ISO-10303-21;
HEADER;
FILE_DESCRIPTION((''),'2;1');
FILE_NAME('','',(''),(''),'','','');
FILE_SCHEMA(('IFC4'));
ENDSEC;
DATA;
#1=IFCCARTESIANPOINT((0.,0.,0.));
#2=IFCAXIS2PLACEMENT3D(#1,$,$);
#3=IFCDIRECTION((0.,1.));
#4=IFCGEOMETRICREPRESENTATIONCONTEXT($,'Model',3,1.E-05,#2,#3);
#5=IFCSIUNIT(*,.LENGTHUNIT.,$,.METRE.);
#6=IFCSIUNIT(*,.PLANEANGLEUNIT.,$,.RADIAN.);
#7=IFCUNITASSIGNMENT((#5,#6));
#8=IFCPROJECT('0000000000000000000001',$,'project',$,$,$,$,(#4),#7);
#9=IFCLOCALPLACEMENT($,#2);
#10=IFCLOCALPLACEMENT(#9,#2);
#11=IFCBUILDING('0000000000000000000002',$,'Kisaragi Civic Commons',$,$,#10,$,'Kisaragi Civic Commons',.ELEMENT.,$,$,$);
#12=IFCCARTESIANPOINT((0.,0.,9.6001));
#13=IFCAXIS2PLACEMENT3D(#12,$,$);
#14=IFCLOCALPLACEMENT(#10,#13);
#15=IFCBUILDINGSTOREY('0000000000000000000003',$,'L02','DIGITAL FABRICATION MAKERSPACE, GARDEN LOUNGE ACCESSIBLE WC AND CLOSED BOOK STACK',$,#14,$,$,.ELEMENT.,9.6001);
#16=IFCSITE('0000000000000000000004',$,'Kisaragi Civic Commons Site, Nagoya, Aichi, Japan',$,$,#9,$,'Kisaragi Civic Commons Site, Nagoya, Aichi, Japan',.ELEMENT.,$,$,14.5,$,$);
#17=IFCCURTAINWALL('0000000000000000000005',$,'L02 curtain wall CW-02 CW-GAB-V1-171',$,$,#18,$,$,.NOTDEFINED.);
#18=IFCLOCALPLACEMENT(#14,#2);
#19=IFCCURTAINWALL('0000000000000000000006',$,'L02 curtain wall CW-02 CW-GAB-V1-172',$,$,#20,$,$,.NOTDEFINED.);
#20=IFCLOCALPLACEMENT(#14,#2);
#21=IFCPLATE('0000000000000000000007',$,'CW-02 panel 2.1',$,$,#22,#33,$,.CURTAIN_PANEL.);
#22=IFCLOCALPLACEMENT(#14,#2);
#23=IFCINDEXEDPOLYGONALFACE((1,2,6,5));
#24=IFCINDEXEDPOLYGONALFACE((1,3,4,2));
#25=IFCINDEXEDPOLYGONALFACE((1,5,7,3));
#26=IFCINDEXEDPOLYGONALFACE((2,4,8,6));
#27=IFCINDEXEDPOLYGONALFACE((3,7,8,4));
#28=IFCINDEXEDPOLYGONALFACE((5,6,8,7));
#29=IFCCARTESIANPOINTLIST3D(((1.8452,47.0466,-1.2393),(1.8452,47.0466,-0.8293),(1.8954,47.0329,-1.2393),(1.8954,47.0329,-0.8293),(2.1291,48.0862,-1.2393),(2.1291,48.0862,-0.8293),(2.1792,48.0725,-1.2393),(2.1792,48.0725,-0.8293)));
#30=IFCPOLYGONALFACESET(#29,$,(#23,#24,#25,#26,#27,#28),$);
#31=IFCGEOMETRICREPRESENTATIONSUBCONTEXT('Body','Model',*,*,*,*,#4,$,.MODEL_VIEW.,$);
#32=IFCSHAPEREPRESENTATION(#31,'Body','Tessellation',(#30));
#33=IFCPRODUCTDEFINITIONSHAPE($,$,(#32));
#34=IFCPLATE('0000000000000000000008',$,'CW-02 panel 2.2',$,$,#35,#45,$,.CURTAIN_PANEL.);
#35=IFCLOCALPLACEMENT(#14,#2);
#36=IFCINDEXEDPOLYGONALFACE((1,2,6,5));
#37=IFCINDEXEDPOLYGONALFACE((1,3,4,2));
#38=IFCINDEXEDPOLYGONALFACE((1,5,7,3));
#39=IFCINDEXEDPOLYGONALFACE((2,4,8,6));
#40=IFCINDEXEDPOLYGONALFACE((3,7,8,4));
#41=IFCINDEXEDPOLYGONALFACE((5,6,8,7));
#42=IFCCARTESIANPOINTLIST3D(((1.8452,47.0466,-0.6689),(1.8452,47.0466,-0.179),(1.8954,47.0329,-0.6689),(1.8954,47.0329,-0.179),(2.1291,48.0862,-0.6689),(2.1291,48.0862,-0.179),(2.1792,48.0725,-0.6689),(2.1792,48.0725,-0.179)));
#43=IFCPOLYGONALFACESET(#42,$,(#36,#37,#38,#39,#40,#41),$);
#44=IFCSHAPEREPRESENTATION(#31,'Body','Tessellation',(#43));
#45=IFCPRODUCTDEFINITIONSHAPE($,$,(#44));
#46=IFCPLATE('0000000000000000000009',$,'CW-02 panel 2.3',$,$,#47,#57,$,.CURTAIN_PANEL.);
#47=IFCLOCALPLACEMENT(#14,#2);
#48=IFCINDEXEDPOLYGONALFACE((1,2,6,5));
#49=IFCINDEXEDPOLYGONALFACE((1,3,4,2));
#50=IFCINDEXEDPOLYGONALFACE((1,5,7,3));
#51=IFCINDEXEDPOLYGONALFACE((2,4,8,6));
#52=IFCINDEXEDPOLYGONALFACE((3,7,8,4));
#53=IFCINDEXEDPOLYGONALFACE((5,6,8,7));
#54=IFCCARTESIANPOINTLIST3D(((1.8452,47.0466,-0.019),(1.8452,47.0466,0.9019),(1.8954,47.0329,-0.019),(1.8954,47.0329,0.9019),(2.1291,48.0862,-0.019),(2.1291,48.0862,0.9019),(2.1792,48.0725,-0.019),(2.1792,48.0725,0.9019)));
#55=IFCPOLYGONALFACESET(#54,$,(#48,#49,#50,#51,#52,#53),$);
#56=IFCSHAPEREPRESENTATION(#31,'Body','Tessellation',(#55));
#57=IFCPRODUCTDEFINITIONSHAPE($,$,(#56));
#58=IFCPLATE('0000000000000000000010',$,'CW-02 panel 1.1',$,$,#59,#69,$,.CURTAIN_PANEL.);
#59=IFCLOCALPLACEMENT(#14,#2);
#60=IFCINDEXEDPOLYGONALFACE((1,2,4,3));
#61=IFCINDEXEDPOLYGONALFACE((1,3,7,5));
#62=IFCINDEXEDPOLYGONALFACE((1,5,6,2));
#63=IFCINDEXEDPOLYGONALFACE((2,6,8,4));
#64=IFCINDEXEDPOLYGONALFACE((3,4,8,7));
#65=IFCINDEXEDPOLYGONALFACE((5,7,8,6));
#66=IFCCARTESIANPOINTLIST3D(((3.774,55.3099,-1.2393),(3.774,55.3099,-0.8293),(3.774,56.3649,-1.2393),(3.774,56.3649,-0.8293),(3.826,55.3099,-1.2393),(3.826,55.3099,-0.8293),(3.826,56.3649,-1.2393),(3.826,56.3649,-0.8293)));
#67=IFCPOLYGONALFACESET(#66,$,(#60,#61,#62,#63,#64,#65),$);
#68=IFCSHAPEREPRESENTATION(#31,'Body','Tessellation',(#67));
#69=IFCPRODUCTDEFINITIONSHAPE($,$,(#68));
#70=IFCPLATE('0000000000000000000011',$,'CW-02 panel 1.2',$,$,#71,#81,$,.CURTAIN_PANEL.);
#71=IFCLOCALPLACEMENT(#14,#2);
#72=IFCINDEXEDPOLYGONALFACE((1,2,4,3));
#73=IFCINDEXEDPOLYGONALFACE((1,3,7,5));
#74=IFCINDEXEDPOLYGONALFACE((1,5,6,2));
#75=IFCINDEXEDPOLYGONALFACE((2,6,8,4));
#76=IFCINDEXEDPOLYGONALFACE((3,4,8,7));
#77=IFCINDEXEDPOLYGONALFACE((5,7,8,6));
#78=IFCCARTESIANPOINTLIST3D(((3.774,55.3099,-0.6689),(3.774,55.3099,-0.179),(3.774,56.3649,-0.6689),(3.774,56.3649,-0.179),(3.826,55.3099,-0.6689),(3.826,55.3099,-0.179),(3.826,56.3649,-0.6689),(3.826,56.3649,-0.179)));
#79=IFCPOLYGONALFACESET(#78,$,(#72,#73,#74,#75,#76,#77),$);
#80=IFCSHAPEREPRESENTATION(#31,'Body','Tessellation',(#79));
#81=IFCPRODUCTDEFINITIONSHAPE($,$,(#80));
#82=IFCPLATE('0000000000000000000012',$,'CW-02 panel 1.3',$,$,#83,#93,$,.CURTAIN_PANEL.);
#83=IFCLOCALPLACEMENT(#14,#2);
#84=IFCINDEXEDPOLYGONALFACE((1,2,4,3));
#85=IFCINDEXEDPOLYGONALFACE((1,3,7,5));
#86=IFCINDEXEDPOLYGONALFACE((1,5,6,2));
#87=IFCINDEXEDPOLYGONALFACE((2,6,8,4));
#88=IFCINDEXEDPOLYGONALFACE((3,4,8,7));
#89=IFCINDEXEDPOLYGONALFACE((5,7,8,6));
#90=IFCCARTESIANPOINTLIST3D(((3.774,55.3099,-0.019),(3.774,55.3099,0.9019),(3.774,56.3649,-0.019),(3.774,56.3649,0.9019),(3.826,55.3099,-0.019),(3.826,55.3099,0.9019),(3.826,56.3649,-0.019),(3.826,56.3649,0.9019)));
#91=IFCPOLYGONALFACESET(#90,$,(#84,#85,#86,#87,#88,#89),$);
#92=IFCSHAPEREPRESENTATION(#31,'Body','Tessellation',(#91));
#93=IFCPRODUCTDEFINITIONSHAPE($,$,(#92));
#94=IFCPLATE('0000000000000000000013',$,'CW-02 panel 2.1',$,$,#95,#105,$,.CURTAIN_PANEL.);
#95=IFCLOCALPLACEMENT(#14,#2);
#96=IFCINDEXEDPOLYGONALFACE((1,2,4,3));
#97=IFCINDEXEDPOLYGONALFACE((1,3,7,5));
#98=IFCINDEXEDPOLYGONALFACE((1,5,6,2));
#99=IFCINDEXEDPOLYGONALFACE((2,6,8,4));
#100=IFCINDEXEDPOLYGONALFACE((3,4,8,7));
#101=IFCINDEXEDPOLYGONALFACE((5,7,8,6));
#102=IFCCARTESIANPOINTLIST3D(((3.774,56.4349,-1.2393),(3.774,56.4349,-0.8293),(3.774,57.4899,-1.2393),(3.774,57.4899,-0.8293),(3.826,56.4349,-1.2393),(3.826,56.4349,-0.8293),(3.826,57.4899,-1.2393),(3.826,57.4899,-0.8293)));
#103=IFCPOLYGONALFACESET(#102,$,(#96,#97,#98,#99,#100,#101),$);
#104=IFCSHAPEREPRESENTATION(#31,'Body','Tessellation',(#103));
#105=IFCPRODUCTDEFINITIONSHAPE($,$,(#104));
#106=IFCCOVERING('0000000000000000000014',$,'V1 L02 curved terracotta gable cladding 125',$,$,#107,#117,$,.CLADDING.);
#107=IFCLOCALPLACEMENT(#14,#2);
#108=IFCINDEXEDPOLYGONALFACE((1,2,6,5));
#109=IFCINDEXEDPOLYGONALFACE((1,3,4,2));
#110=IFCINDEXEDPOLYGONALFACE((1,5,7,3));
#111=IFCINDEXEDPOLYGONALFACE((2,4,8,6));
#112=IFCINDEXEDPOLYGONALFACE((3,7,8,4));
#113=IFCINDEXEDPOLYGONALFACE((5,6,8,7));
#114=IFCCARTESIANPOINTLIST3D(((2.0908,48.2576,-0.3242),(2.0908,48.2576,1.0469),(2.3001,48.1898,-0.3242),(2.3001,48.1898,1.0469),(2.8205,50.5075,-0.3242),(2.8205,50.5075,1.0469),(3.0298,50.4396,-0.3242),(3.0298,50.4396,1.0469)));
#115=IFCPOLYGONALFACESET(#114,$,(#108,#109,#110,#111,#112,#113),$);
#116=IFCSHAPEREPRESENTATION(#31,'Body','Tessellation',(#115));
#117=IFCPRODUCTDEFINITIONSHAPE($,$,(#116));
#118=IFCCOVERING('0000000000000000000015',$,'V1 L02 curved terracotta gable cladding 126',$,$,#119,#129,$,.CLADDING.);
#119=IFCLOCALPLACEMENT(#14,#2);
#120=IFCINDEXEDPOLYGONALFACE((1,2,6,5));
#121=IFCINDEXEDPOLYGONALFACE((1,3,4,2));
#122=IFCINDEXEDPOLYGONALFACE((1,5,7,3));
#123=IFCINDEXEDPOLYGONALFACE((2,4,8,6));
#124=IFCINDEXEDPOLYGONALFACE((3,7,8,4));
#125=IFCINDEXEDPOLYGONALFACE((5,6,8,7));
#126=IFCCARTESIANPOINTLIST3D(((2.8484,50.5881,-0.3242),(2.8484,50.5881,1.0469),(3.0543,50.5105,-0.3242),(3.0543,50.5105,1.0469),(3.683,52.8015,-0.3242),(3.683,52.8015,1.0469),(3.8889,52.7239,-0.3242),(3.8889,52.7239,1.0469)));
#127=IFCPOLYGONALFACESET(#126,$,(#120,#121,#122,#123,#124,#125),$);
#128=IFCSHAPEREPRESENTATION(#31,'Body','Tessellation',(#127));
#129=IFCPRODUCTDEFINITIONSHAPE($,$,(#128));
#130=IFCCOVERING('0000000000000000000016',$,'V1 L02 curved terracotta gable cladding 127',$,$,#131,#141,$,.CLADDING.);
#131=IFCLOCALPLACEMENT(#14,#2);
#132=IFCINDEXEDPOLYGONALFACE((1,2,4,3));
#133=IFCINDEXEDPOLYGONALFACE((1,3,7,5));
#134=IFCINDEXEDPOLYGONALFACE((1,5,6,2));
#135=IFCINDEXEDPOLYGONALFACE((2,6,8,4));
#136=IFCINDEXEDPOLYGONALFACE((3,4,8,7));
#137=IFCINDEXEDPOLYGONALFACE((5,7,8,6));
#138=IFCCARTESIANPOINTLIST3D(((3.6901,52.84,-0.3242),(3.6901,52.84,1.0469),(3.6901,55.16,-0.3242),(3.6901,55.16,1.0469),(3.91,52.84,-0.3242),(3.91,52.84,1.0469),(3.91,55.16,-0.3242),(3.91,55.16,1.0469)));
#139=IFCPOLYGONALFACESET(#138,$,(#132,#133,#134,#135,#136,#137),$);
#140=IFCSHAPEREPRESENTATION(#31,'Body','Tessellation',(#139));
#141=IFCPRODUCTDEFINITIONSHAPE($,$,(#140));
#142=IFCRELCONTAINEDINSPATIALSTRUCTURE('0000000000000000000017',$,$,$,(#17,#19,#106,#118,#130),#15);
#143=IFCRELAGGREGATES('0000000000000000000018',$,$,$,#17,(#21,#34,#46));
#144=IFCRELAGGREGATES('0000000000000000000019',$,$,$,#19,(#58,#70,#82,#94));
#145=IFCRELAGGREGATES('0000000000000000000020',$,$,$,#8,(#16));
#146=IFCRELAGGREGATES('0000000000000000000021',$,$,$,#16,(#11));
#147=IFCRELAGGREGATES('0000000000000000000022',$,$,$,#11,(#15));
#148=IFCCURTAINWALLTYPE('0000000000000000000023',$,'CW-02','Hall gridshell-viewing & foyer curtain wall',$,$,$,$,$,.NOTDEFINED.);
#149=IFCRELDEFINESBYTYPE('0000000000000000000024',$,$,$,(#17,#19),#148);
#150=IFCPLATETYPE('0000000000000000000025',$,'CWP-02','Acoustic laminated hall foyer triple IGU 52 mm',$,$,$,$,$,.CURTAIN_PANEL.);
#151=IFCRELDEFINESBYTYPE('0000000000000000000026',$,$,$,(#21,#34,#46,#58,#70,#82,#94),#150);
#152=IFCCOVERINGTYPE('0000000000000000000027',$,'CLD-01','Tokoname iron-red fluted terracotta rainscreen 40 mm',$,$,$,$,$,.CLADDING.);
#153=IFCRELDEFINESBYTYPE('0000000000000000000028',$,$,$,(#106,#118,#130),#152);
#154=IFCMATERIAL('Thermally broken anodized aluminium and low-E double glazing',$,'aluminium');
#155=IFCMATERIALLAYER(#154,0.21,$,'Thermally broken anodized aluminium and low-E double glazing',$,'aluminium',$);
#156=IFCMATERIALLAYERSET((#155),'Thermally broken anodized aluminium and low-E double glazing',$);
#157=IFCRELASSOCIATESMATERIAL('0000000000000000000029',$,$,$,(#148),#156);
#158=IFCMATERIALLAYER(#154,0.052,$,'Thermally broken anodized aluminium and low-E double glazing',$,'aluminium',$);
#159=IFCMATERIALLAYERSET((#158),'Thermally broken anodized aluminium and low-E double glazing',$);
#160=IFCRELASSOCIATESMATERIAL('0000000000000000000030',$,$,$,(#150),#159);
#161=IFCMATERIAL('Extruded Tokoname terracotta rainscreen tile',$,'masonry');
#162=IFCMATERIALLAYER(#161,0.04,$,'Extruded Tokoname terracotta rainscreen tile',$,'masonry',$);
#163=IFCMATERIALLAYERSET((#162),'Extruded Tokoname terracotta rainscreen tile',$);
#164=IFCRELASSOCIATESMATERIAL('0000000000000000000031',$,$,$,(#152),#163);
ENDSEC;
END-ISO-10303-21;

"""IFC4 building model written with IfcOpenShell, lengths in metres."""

from ifc_helpers import new_model, si_unit, direction, frame, origin, origin_2d, place, context, subcontext, project, spatial, rectangle, extrude, material, layer, layer_set, type_object, element, aggregate, save


model = new_model("IFC4")

# Units and contexts
model_context = context("Model", 3, precision=1e-05, world=origin(), true_north=direction((0.0, 1.0)))
body_context = subcontext(model_context, "Body", "Model", "MODEL_VIEW")
ifc_project = project(units=[si_unit("LENGTHUNIT", "METRE"), si_unit("PLANEANGLEUNIT", "RADIAN")], contexts=[model_context])

# Site, building, storey
site_placement = place(None, origin())
site = spatial("IfcSite", under=ifc_project, at=site_placement, Name="Kisaragi Civic Commons Site, Nagoya, Aichi, Japan", LongName="Kisaragi Civic Commons Site, Nagoya, Aichi, Japan", CompositionType="ELEMENT", RefElevation=14.5)
building_placement = place(site_placement, origin())
building = spatial("IfcBuilding", under=site, at=building_placement, Name="Kisaragi Civic Commons", LongName="Kisaragi Civic Commons", CompositionType="ELEMENT")
storey_placement = place(building_placement, frame((0.0, 0.0, 9.6001)))
storey = spatial("IfcBuildingStorey", under=building, at=storey_placement, Name="L02", Description="DIGITAL FABRICATION MAKERSPACE, GARDEN LOUNGE ACCESSIBLE WC AND CLOSED BOOK STACK", CompositionType="ELEMENT", Elevation=9.6001)

# Curtain walls
ifc_material_1 = material(Name="Thermally broken anodized aluminium and low-E double glazing", Category="aluminium")
ifc_layer_1 = layer(ifc_material_1, 0.21, Name="Thermally broken anodized aluminium and low-E double glazing", Category="aluminium")
ifc_layer_set_1 = layer_set([ifc_layer_1], Name="Thermally broken anodized aluminium and low-E double glazing")
curtain_wall_type = type_object("IfcCurtainWallType", Name="CW-02", Description="Hall gridshell-viewing & foyer curtain wall", PredefinedType="NOTDEFINED", material=ifc_layer_set_1)
curtain_wall_1_placement = place(storey_placement, origin())
curtain_wall_1 = element("IfcCurtainWall", 1, at=curtain_wall_1_placement, inside=storey, type_object=curtain_wall_type, Name="L02 curtain wall CW-02 CW-GAB-V1-171", PredefinedType="NOTDEFINED")
curtain_wall_2_placement = place(storey_placement, origin())
curtain_wall_2 = element("IfcCurtainWall", 2, at=curtain_wall_2_placement, inside=storey, type_object=curtain_wall_type, Name="L02 curtain wall CW-02 CW-GAB-V1-172", PredefinedType="NOTDEFINED")

# Plates
ifc_layer_2 = layer(ifc_material_1, 0.052, Name="Thermally broken anodized aluminium and low-E double glazing", Category="aluminium")
ifc_layer_set_2 = layer_set([ifc_layer_2], Name="Thermally broken anodized aluminium and low-E double glazing")
plate_type = type_object("IfcPlateType", Name="CWP-02", Description="Acoustic laminated hall foyer triple IGU 52 mm", PredefinedType="CURTAIN_PANEL", material=ifc_layer_set_2)
plate_1_placement = place(storey_placement, frame((2.0122, 47.5596, -1.2393), z_axis=(0.0, 0.0, 1.0), x_axis=(0.263418, 0.964682, 0.0)))
plate_1 = element("IfcPlate", 3, at=plate_1_placement, type_object=plate_type, Name="CW-02 panel 2.1", PredefinedType="CURTAIN_PANEL", context=body_context, shape_type="SweptSolid", body=[
    extrude(rectangle(XDim=1.0776, YDim=0.052, at=origin_2d()), origin(), (0.0, 0.0, 1.0), 0.4099),
])
plate_2_placement = place(storey_placement, frame((2.0122, 47.5596, -0.6689), z_axis=(0.0, 0.0, 1.0), x_axis=(0.263418, 0.964682, 0.0)))
plate_2 = element("IfcPlate", 4, at=plate_2_placement, type_object=plate_type, Name="CW-02 panel 2.2", PredefinedType="CURTAIN_PANEL", context=body_context, shape_type="SweptSolid", body=[
    extrude(rectangle(XDim=1.0776, YDim=0.052, at=origin_2d()), origin(), (0.0, 0.0, 1.0), 0.49),
])
plate_3_placement = place(storey_placement, frame((2.0122, 47.5596, -0.019), z_axis=(0.0, 0.0, 1.0), x_axis=(0.263418, 0.964682, 0.0)))
plate_3 = element("IfcPlate", 5, at=plate_3_placement, type_object=plate_type, Name="CW-02 panel 2.3", PredefinedType="CURTAIN_PANEL", context=body_context, shape_type="SweptSolid", body=[
    extrude(rectangle(XDim=1.0776, YDim=0.052, at=origin_2d()), origin(), (0.0, 0.0, 1.0), 0.9209),
])
aggregate(curtain_wall_1, [plate_1, plate_2, plate_3])
plate_4_placement = place(storey_placement, frame((3.8, 55.8374, -1.2393), z_axis=(0.0, 0.0, 1.0), x_axis=(0.0, 1.0, 0.0)))
plate_4 = element("IfcPlate", 6, at=plate_4_placement, type_object=plate_type, Name="CW-02 panel 1.1", PredefinedType="CURTAIN_PANEL", context=body_context, shape_type="SweptSolid", body=[
    extrude(rectangle(XDim=1.0549, YDim=0.052, at=origin_2d()), origin(), (0.0, 0.0, 1.0), 0.4099),
])
plate_5_placement = place(storey_placement, frame((3.8, 55.8374, -0.6689), z_axis=(0.0, 0.0, 1.0), x_axis=(0.0, 1.0, 0.0)))
plate_5 = element("IfcPlate", 7, at=plate_5_placement, type_object=plate_type, Name="CW-02 panel 1.2", PredefinedType="CURTAIN_PANEL", context=body_context, shape_type="SweptSolid", body=[
    extrude(rectangle(XDim=1.0549, YDim=0.052, at=origin_2d()), origin(), (0.0, 0.0, 1.0), 0.49),
])
plate_6_placement = place(storey_placement, frame((3.8, 55.8374, -0.019), z_axis=(0.0, 0.0, 1.0), x_axis=(0.0, 1.0, 0.0)))
plate_6 = element("IfcPlate", 8, at=plate_6_placement, type_object=plate_type, Name="CW-02 panel 1.3", PredefinedType="CURTAIN_PANEL", context=body_context, shape_type="SweptSolid", body=[
    extrude(rectangle(XDim=1.0549, YDim=0.052, at=origin_2d()), origin(), (0.0, 0.0, 1.0), 0.9209),
])
plate_7_placement = place(storey_placement, frame((3.8, 56.9624, -1.2393), z_axis=(0.0, 0.0, 1.0), x_axis=(0.0, 1.0, 0.0)))
plate_7 = element("IfcPlate", 9, at=plate_7_placement, type_object=plate_type, Name="CW-02 panel 2.1", PredefinedType="CURTAIN_PANEL", context=body_context, shape_type="SweptSolid", body=[
    extrude(rectangle(XDim=1.0549, YDim=0.052, at=origin_2d()), origin(), (0.0, 0.0, 1.0), 0.4099),
])
aggregate(curtain_wall_2, [plate_4, plate_5, plate_6, plate_7])

# Coverings
ifc_material_2 = material(Name="Extruded Tokoname terracotta rainscreen tile", Category="masonry")
ifc_layer_3 = layer(ifc_material_2, 0.04, Name="Extruded Tokoname terracotta rainscreen tile", Category="masonry")
ifc_layer_set_3 = layer_set([ifc_layer_3], Name="Extruded Tokoname terracotta rainscreen tile")
covering_type = type_object("IfcCoveringType", Name="CLD-01", Description="Tokoname iron-red fluted terracotta rainscreen 40 mm", PredefinedType="CLADDING", material=ifc_layer_set_3)
covering_1_placement = place(storey_placement, frame((2.5603, 49.3486, -0.3242), z_axis=(0.0, 0.0, 1.0), x_axis=(0.308519, 0.951218, 0.0)))
element("IfcCovering", 10, at=covering_1_placement, inside=storey, type_object=covering_type, Name="V1 L02 curved terracotta gable cladding 125", PredefinedType="CLADDING", context=body_context, shape_type="SweptSolid", body=[
    extrude(rectangle(XDim=2.3652, YDim=0.22, at=origin_2d()), origin(), (0.0, 0.0, 1.0), 1.3711),
])
covering_2_placement = place(storey_placement, frame((3.3687, 51.656, -0.3242), z_axis=(0.0, 0.0, 1.0), x_axis=(0.352822, 0.935691, 0.0)))
element("IfcCovering", 11, at=covering_2_placement, inside=storey, type_object=covering_type, Name="V1 L02 curved terracotta gable cladding 126", PredefinedType="CLADDING", context=body_context, shape_type="SweptSolid", body=[
    extrude(rectangle(XDim=2.3655, YDim=0.22, at=origin_2d()), origin(), (0.0, 0.0, 1.0), 1.3711),
])
covering_3_placement = place(storey_placement, frame((3.8, 54.0, -0.3242), z_axis=(0.0, 0.0, 1.0), x_axis=(0.0, 1.0, 0.0)))
element("IfcCovering", 12, at=covering_3_placement, inside=storey, type_object=covering_type, Name="V1 L02 curved terracotta gable cladding 127", PredefinedType="CLADDING", context=body_context, shape_type="SweptSolid", body=[
    extrude(rectangle(XDim=2.3201, YDim=0.22, at=origin_2d()), origin(), (0.0, 0.0, 1.0), 1.3711),
])

save(model, "model.ifc")
